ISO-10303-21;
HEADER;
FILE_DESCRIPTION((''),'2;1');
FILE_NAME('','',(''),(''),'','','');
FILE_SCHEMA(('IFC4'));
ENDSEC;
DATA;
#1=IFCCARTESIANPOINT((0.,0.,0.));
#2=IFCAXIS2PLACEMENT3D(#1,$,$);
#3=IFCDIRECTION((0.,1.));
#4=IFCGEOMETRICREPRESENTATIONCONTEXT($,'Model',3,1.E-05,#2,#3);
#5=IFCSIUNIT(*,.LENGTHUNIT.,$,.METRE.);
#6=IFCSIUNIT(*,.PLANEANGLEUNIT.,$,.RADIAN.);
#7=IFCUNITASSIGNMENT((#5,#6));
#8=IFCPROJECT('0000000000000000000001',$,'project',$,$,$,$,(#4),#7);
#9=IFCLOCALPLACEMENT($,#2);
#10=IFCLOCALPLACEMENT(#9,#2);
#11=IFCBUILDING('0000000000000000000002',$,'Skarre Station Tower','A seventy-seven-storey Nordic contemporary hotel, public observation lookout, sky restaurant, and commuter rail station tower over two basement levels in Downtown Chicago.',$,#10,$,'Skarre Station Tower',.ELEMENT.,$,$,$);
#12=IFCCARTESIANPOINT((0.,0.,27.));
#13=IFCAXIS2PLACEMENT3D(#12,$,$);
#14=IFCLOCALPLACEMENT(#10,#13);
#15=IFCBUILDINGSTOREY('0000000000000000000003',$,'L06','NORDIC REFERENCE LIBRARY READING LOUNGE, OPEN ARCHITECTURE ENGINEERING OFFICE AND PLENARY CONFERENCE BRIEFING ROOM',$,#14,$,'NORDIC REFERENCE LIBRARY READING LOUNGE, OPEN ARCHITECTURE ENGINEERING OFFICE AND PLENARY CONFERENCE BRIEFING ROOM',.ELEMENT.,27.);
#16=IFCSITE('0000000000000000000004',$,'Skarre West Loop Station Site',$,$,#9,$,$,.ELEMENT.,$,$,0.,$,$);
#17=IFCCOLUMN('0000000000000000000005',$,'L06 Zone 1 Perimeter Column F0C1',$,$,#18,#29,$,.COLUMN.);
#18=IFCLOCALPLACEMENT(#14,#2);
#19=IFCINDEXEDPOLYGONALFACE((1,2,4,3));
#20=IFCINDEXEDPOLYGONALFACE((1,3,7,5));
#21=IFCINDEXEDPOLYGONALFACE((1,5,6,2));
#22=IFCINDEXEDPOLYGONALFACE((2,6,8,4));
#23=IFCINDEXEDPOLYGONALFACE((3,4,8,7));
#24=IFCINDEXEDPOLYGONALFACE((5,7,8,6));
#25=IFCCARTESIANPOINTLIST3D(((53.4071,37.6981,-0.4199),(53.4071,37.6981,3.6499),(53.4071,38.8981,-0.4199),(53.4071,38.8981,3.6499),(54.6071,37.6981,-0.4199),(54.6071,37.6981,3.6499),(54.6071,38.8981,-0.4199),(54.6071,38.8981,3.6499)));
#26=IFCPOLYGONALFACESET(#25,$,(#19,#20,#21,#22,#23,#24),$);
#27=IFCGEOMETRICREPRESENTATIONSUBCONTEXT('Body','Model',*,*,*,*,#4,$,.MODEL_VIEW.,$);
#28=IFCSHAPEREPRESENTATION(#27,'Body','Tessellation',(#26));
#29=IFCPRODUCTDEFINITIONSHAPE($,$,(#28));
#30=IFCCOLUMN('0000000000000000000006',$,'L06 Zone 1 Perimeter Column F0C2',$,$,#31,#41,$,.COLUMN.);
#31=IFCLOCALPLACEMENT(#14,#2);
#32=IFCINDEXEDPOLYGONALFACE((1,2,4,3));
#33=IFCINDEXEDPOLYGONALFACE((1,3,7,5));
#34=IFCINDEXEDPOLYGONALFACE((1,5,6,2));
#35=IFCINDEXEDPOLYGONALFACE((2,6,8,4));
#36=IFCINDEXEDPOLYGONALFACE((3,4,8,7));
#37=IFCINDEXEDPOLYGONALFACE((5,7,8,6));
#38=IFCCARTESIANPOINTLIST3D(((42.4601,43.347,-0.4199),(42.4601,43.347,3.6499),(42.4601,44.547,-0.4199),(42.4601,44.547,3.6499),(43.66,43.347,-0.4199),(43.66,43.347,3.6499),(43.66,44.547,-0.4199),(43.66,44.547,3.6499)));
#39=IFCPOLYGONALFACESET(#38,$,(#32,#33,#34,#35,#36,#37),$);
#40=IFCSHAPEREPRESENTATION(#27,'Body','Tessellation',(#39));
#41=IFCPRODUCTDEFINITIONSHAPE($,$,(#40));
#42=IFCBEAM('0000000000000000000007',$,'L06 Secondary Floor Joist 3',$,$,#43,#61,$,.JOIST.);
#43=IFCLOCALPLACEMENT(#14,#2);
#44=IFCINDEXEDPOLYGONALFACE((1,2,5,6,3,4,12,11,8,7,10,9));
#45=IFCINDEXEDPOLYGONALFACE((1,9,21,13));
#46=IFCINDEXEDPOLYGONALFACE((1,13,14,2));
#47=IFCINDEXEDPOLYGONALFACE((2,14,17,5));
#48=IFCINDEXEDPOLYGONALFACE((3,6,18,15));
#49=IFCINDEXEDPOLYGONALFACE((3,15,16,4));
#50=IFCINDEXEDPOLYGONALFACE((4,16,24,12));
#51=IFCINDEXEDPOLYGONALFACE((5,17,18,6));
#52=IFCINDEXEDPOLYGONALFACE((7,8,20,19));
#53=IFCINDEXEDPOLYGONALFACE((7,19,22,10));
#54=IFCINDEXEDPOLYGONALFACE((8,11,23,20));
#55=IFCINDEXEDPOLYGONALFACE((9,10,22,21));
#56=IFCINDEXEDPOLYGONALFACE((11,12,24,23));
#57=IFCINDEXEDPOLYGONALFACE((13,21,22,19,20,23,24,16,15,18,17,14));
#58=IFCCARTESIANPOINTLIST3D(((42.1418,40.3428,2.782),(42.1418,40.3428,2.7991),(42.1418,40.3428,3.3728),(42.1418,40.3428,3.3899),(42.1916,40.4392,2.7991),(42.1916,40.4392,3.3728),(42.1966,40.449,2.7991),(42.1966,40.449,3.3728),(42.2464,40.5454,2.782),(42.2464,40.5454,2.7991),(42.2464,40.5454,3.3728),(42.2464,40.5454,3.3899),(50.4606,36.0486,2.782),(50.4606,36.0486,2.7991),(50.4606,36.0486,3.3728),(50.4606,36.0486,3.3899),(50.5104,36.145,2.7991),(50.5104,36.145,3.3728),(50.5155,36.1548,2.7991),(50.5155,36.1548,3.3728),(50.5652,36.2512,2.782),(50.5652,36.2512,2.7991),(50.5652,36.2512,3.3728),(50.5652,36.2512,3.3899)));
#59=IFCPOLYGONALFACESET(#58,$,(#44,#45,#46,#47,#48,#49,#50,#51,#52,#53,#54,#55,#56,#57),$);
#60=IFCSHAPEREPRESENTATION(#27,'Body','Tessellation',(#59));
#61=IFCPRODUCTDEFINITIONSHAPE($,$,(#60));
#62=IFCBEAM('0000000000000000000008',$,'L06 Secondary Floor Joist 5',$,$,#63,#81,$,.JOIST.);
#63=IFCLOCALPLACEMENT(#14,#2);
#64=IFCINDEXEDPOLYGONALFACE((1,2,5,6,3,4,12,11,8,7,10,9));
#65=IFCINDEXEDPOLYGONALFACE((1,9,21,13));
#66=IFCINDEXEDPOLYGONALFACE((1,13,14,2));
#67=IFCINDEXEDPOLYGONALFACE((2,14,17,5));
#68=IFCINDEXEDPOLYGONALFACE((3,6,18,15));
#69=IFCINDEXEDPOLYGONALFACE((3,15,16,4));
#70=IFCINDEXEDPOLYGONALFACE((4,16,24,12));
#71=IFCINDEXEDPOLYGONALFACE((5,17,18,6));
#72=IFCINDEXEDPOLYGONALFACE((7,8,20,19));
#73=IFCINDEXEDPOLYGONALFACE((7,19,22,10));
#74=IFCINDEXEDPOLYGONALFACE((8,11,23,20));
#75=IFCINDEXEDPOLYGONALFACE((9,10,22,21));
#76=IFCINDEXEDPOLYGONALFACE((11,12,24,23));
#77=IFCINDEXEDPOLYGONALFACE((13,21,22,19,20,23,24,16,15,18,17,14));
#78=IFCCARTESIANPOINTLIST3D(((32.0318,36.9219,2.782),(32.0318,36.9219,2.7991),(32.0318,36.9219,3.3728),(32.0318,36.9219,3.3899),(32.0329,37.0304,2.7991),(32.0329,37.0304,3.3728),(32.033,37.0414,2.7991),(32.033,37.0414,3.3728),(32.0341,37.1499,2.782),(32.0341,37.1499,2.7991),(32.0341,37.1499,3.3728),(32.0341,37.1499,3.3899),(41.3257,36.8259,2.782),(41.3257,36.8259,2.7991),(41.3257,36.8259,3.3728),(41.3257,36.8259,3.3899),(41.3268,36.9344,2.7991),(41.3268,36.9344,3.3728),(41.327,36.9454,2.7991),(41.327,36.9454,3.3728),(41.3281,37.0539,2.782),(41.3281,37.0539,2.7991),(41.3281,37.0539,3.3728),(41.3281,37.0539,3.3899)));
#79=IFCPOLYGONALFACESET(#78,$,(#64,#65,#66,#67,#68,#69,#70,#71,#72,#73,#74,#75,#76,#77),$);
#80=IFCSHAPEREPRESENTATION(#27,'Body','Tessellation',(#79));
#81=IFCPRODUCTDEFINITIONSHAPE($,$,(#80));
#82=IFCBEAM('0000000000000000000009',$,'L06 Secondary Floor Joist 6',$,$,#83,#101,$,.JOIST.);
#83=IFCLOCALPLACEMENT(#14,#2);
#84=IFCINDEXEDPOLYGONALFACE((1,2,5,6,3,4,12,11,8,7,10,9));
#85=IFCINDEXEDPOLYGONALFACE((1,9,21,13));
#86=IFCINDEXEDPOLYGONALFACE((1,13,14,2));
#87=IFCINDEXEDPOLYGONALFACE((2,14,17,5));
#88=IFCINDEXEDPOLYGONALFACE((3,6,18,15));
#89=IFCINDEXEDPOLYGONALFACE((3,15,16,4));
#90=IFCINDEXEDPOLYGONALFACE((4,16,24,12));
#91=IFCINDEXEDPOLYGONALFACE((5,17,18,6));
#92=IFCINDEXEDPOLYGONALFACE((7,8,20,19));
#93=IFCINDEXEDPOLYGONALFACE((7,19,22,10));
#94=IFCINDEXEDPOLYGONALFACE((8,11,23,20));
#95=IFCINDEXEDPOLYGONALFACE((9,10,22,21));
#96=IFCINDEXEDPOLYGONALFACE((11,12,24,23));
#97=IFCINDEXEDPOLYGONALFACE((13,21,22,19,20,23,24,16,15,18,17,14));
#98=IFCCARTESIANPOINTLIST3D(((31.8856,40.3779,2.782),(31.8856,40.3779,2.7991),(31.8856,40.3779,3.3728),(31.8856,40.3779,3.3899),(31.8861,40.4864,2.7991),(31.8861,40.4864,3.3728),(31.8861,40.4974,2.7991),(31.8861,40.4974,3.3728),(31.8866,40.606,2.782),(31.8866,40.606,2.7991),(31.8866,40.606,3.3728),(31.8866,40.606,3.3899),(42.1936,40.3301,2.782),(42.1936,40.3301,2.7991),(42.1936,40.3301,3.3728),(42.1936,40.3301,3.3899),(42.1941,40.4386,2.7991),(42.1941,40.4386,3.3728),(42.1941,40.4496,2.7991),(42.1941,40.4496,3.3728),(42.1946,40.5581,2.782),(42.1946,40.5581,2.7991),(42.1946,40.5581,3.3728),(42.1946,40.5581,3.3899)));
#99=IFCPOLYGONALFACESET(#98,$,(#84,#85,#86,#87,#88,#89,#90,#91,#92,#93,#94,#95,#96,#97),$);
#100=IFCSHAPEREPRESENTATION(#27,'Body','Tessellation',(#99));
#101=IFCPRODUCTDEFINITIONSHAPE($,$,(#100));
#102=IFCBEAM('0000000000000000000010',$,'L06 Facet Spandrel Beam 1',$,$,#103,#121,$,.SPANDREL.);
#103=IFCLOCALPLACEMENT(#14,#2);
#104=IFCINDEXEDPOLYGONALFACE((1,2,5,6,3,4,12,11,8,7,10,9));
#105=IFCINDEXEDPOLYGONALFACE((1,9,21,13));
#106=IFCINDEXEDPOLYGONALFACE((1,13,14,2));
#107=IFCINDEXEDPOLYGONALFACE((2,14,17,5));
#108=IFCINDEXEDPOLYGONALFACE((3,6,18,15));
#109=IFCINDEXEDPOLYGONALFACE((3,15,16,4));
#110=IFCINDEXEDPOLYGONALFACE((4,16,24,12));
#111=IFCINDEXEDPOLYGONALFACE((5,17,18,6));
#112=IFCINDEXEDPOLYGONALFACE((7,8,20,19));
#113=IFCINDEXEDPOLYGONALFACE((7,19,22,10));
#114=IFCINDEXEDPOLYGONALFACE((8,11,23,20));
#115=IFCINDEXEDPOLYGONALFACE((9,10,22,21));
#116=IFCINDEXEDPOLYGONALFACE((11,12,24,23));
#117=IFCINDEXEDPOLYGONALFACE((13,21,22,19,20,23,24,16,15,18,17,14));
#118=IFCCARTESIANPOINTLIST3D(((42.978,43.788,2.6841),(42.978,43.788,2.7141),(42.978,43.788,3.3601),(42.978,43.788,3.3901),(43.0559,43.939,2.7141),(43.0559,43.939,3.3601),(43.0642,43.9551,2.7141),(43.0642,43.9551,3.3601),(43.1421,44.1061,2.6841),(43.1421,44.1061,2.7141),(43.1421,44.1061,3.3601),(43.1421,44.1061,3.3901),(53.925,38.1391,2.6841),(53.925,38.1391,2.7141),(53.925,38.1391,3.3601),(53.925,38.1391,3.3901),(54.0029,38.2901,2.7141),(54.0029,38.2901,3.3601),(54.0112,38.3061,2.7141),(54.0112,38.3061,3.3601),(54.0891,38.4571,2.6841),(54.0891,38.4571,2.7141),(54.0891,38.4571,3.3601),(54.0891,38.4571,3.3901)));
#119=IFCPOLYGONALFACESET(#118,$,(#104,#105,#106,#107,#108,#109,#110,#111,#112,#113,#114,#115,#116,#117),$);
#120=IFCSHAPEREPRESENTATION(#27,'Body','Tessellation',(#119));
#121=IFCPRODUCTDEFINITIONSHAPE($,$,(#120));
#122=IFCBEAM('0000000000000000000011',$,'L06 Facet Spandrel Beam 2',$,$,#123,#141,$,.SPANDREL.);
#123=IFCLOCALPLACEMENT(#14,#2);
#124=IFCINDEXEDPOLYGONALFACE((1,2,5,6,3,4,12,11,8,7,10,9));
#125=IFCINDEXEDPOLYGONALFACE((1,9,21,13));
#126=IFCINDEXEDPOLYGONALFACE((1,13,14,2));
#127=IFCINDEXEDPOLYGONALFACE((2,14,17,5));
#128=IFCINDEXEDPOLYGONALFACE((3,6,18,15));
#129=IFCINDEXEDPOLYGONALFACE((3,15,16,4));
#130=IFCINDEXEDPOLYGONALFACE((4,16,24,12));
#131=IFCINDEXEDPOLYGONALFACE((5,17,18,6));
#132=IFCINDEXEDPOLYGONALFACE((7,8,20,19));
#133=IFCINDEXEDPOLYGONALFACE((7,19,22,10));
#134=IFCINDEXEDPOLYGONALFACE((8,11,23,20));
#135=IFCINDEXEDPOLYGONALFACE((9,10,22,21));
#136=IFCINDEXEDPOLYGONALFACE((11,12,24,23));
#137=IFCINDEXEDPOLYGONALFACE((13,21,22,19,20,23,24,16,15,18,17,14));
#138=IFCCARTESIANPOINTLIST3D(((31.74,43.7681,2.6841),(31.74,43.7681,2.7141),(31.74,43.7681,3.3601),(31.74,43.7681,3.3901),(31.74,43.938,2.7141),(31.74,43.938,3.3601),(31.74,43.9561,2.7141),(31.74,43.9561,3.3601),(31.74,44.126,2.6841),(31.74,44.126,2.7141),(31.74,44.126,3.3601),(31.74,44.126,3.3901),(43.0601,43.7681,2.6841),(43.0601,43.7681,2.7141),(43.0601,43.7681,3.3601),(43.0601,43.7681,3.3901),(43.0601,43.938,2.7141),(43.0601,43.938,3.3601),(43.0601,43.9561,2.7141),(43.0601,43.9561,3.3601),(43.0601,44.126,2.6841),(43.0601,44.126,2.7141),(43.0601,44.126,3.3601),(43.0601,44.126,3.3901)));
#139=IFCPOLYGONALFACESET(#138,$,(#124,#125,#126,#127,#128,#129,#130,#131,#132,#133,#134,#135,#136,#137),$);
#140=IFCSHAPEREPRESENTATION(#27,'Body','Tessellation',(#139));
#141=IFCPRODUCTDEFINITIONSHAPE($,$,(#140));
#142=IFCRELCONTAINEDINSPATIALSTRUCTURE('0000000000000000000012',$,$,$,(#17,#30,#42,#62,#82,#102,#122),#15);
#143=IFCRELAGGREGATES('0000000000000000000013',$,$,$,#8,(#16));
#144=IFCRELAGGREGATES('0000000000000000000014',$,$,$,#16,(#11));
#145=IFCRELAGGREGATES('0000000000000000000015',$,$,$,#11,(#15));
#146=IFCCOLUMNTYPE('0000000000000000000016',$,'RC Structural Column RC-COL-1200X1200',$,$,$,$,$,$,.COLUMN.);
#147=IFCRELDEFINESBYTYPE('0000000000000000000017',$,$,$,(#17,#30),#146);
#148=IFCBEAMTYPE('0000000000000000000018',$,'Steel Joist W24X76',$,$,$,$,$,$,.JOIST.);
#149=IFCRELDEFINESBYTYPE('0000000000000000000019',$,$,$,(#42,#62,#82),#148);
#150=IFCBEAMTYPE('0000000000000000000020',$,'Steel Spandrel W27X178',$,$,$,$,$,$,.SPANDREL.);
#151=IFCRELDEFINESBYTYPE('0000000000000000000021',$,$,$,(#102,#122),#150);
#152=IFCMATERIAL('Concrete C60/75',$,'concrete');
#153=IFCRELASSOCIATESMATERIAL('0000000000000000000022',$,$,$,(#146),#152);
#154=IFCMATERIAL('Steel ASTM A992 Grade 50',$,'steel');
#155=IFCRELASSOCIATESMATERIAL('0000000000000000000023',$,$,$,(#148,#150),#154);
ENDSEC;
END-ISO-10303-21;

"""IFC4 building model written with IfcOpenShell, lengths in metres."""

from ifc_helpers import new_model, si_unit, direction, frame, origin, origin_2d, place, context, subcontext, project, spatial, rectangle, i_section, extrude, material, material_profile, profile_set, type_object, element, save


model = new_model("IFC4")

# Units and contexts
model_context = context("Model", 3, precision=1e-05, world=origin(), true_north=direction((0.0, 1.0)))
body_context = subcontext(model_context, "Body", "Model", "MODEL_VIEW")
ifc_project = project(units=[si_unit("LENGTHUNIT", "METRE"), si_unit("PLANEANGLEUNIT", "RADIAN")], contexts=[model_context])

# Site, building, storey
site_placement = place(None, origin())
site = spatial("IfcSite", under=ifc_project, at=site_placement, Name="Skarre West Loop Station Site", CompositionType="ELEMENT", RefElevation=0.0)
building_placement = place(site_placement, origin())
building = spatial("IfcBuilding", under=site, at=building_placement, Name="Skarre Station Tower", Description="A seventy-seven-storey Nordic contemporary hotel, public observation lookout, sky restaurant, and commuter rail station tower over two basement levels in Downtown Chicago.", LongName="Skarre Station Tower", CompositionType="ELEMENT")
storey_placement = place(building_placement, frame((0.0, 0.0, 27.0)))
storey = spatial("IfcBuildingStorey", under=building, at=storey_placement, Name="L06", Description="NORDIC REFERENCE LIBRARY READING LOUNGE, OPEN ARCHITECTURE ENGINEERING OFFICE AND PLENARY CONFERENCE BRIEFING ROOM", LongName="NORDIC REFERENCE LIBRARY READING LOUNGE, OPEN ARCHITECTURE ENGINEERING OFFICE AND PLENARY CONFERENCE BRIEFING ROOM", CompositionType="ELEMENT", Elevation=27.0)

# Columns
ifc_material_1 = material(Name="Concrete C60/75", Category="concrete")
ifc_material_profile_1 = material_profile(ifc_material_1, rectangle(XDim=1.2, YDim=1.2, at=origin_2d()), Name="Concrete C60/75")
ifc_profile_set_1 = profile_set([ifc_material_profile_1], Name="Concrete C60/75")
column_type = type_object("IfcColumnType", Name="RC Structural Column RC-COL-1200X1200", PredefinedType="COLUMN", material=ifc_profile_set_1)
for number, where, z_axis, x_axis, name in (
    (1, (54.0071, 38.2981, -0.4199), (0.0, 0.0, 1.0), (1.0, 0.0, 0.0), "L06 Zone 1 Perimeter Column F0C1"),
    (2, (43.0601, 43.947, -0.4199), (0.0, 0.0, 1.0), (1.0, 0.0, 0.0), "L06 Zone 1 Perimeter Column F0C2"),
):
    element("IfcColumn", number, at=place(storey_placement, frame(where, z_axis=z_axis, x_axis=x_axis)), inside=storey, type_object=column_type, Name=name, PredefinedType="COLUMN", context=body_context, shape_type="SweptSolid", body=[
        extrude(rectangle(XDim=1.2, YDim=1.2, at=origin_2d()), origin(), (0.0, 0.0, 1.0), 4.0698),
    ])

# Beams
ifc_material_2 = material(Name="Steel ASTM A992 Grade 50", Category="steel")
ifc_material_profile_2 = material_profile(ifc_material_2, i_section(OverallWidth=0.228, OverallDepth=0.6079, WebThickness=0.011, FlangeThickness=0.0171, at=origin_2d()), Name="Steel ASTM A992 Grade 50")
ifc_profile_set_2 = profile_set([ifc_material_profile_2], Name="Steel ASTM A992 Grade 50")
beam_type_1 = type_object("IfcBeamType", Name="Steel Joist W24X76", PredefinedType="JOIST", material=ifc_profile_set_2)
beam_1_placement = place(storey_placement, frame((50.5129, 36.1499, 3.0859), z_axis=(-0.888595, 0.458693, 0.0), x_axis=(-0.458693, -0.888595, 0.0)))
element("IfcBeam", 3, at=beam_1_placement, inside=storey, type_object=beam_type_1, Name="L06 Secondary Floor Joist 3", PredefinedType="JOIST", context=body_context, shape_type="SweptSolid", body=[
    extrude(i_section(OverallWidth=0.228, OverallDepth=0.6079, WebThickness=0.011, FlangeThickness=0.0171, at=origin_2d()), origin(), (0.0, 0.0, 1.0), 9.3618),
])
beam_2_placement = place(storey_placement, frame((41.3269, 36.9399, 3.0859), z_axis=(-0.999947, 0.010323, 0.0), x_axis=(-0.010323, -0.999947, 0.0)))
element("IfcBeam", 4, at=beam_2_placement, inside=storey, type_object=beam_type_1, Name="L06 Secondary Floor Joist 5", PredefinedType="JOIST", context=body_context, shape_type="SweptSolid", body=[
    extrude(i_section(OverallWidth=0.228, OverallDepth=0.6079, WebThickness=0.011, FlangeThickness=0.0171, at=origin_2d()), origin(), (0.0, 0.0, 1.0), 9.2944),
])
beam_3_placement = place(storey_placement, frame((42.1941, 40.4441, 3.0859), z_axis=(-0.999989, 0.004642, 0.0), x_axis=(-0.004642, -0.999989, 0.0)))
element("IfcBeam", 5, at=beam_3_placement, inside=storey, type_object=beam_type_1, Name="L06 Secondary Floor Joist 6", PredefinedType="JOIST", context=body_context, shape_type="SweptSolid", body=[
    extrude(i_section(OverallWidth=0.228, OverallDepth=0.6079, WebThickness=0.011, FlangeThickness=0.0171, at=origin_2d()), origin(), (0.0, 0.0, 1.0), 10.3081),
])
ifc_material_profile_3 = material_profile(ifc_material_2, i_section(OverallWidth=0.3579, OverallDepth=0.7061, WebThickness=0.0181, FlangeThickness=0.03, at=origin_2d()), Name="Steel ASTM A992 Grade 50")
ifc_profile_set_3 = profile_set([ifc_material_profile_3], Name="Steel ASTM A992 Grade 50")
beam_type_2 = type_object("IfcBeamType", Name="Steel Spandrel W27X178", PredefinedType="SPANDREL", material=ifc_profile_set_3)
beam_4_placement = place(storey_placement, frame((54.0071, 38.2981, 3.0371), z_axis=(-0.888659, 0.458569, 0.0), x_axis=(-0.458569, -0.888659, 0.0)))
element("IfcBeam", 6, at=beam_4_placement, inside=storey, type_object=beam_type_2, Name="L06 Facet Spandrel Beam 1", PredefinedType="SPANDREL", context=body_context, shape_type="SweptSolid", body=[
    extrude(i_section(OverallWidth=0.3579, OverallDepth=0.7061, WebThickness=0.0181, FlangeThickness=0.03, at=origin_2d()), origin(), (0.0, 0.0, 1.0), 12.3186),
])
beam_5_placement = place(storey_placement, frame((43.0601, 43.947, 3.0371), z_axis=(-1.0, 0.0, 0.0), x_axis=(0.0, -1.0, 0.0)))
element("IfcBeam", 7, at=beam_5_placement, inside=storey, type_object=beam_type_2, Name="L06 Facet Spandrel Beam 2", PredefinedType="SPANDREL", context=body_context, shape_type="SweptSolid", body=[
    extrude(i_section(OverallWidth=0.3579, OverallDepth=0.7061, WebThickness=0.0181, FlangeThickness=0.03, at=origin_2d()), origin(), (0.0, 0.0, 1.0), 11.3201),
])

save(model, "model.ifc")
